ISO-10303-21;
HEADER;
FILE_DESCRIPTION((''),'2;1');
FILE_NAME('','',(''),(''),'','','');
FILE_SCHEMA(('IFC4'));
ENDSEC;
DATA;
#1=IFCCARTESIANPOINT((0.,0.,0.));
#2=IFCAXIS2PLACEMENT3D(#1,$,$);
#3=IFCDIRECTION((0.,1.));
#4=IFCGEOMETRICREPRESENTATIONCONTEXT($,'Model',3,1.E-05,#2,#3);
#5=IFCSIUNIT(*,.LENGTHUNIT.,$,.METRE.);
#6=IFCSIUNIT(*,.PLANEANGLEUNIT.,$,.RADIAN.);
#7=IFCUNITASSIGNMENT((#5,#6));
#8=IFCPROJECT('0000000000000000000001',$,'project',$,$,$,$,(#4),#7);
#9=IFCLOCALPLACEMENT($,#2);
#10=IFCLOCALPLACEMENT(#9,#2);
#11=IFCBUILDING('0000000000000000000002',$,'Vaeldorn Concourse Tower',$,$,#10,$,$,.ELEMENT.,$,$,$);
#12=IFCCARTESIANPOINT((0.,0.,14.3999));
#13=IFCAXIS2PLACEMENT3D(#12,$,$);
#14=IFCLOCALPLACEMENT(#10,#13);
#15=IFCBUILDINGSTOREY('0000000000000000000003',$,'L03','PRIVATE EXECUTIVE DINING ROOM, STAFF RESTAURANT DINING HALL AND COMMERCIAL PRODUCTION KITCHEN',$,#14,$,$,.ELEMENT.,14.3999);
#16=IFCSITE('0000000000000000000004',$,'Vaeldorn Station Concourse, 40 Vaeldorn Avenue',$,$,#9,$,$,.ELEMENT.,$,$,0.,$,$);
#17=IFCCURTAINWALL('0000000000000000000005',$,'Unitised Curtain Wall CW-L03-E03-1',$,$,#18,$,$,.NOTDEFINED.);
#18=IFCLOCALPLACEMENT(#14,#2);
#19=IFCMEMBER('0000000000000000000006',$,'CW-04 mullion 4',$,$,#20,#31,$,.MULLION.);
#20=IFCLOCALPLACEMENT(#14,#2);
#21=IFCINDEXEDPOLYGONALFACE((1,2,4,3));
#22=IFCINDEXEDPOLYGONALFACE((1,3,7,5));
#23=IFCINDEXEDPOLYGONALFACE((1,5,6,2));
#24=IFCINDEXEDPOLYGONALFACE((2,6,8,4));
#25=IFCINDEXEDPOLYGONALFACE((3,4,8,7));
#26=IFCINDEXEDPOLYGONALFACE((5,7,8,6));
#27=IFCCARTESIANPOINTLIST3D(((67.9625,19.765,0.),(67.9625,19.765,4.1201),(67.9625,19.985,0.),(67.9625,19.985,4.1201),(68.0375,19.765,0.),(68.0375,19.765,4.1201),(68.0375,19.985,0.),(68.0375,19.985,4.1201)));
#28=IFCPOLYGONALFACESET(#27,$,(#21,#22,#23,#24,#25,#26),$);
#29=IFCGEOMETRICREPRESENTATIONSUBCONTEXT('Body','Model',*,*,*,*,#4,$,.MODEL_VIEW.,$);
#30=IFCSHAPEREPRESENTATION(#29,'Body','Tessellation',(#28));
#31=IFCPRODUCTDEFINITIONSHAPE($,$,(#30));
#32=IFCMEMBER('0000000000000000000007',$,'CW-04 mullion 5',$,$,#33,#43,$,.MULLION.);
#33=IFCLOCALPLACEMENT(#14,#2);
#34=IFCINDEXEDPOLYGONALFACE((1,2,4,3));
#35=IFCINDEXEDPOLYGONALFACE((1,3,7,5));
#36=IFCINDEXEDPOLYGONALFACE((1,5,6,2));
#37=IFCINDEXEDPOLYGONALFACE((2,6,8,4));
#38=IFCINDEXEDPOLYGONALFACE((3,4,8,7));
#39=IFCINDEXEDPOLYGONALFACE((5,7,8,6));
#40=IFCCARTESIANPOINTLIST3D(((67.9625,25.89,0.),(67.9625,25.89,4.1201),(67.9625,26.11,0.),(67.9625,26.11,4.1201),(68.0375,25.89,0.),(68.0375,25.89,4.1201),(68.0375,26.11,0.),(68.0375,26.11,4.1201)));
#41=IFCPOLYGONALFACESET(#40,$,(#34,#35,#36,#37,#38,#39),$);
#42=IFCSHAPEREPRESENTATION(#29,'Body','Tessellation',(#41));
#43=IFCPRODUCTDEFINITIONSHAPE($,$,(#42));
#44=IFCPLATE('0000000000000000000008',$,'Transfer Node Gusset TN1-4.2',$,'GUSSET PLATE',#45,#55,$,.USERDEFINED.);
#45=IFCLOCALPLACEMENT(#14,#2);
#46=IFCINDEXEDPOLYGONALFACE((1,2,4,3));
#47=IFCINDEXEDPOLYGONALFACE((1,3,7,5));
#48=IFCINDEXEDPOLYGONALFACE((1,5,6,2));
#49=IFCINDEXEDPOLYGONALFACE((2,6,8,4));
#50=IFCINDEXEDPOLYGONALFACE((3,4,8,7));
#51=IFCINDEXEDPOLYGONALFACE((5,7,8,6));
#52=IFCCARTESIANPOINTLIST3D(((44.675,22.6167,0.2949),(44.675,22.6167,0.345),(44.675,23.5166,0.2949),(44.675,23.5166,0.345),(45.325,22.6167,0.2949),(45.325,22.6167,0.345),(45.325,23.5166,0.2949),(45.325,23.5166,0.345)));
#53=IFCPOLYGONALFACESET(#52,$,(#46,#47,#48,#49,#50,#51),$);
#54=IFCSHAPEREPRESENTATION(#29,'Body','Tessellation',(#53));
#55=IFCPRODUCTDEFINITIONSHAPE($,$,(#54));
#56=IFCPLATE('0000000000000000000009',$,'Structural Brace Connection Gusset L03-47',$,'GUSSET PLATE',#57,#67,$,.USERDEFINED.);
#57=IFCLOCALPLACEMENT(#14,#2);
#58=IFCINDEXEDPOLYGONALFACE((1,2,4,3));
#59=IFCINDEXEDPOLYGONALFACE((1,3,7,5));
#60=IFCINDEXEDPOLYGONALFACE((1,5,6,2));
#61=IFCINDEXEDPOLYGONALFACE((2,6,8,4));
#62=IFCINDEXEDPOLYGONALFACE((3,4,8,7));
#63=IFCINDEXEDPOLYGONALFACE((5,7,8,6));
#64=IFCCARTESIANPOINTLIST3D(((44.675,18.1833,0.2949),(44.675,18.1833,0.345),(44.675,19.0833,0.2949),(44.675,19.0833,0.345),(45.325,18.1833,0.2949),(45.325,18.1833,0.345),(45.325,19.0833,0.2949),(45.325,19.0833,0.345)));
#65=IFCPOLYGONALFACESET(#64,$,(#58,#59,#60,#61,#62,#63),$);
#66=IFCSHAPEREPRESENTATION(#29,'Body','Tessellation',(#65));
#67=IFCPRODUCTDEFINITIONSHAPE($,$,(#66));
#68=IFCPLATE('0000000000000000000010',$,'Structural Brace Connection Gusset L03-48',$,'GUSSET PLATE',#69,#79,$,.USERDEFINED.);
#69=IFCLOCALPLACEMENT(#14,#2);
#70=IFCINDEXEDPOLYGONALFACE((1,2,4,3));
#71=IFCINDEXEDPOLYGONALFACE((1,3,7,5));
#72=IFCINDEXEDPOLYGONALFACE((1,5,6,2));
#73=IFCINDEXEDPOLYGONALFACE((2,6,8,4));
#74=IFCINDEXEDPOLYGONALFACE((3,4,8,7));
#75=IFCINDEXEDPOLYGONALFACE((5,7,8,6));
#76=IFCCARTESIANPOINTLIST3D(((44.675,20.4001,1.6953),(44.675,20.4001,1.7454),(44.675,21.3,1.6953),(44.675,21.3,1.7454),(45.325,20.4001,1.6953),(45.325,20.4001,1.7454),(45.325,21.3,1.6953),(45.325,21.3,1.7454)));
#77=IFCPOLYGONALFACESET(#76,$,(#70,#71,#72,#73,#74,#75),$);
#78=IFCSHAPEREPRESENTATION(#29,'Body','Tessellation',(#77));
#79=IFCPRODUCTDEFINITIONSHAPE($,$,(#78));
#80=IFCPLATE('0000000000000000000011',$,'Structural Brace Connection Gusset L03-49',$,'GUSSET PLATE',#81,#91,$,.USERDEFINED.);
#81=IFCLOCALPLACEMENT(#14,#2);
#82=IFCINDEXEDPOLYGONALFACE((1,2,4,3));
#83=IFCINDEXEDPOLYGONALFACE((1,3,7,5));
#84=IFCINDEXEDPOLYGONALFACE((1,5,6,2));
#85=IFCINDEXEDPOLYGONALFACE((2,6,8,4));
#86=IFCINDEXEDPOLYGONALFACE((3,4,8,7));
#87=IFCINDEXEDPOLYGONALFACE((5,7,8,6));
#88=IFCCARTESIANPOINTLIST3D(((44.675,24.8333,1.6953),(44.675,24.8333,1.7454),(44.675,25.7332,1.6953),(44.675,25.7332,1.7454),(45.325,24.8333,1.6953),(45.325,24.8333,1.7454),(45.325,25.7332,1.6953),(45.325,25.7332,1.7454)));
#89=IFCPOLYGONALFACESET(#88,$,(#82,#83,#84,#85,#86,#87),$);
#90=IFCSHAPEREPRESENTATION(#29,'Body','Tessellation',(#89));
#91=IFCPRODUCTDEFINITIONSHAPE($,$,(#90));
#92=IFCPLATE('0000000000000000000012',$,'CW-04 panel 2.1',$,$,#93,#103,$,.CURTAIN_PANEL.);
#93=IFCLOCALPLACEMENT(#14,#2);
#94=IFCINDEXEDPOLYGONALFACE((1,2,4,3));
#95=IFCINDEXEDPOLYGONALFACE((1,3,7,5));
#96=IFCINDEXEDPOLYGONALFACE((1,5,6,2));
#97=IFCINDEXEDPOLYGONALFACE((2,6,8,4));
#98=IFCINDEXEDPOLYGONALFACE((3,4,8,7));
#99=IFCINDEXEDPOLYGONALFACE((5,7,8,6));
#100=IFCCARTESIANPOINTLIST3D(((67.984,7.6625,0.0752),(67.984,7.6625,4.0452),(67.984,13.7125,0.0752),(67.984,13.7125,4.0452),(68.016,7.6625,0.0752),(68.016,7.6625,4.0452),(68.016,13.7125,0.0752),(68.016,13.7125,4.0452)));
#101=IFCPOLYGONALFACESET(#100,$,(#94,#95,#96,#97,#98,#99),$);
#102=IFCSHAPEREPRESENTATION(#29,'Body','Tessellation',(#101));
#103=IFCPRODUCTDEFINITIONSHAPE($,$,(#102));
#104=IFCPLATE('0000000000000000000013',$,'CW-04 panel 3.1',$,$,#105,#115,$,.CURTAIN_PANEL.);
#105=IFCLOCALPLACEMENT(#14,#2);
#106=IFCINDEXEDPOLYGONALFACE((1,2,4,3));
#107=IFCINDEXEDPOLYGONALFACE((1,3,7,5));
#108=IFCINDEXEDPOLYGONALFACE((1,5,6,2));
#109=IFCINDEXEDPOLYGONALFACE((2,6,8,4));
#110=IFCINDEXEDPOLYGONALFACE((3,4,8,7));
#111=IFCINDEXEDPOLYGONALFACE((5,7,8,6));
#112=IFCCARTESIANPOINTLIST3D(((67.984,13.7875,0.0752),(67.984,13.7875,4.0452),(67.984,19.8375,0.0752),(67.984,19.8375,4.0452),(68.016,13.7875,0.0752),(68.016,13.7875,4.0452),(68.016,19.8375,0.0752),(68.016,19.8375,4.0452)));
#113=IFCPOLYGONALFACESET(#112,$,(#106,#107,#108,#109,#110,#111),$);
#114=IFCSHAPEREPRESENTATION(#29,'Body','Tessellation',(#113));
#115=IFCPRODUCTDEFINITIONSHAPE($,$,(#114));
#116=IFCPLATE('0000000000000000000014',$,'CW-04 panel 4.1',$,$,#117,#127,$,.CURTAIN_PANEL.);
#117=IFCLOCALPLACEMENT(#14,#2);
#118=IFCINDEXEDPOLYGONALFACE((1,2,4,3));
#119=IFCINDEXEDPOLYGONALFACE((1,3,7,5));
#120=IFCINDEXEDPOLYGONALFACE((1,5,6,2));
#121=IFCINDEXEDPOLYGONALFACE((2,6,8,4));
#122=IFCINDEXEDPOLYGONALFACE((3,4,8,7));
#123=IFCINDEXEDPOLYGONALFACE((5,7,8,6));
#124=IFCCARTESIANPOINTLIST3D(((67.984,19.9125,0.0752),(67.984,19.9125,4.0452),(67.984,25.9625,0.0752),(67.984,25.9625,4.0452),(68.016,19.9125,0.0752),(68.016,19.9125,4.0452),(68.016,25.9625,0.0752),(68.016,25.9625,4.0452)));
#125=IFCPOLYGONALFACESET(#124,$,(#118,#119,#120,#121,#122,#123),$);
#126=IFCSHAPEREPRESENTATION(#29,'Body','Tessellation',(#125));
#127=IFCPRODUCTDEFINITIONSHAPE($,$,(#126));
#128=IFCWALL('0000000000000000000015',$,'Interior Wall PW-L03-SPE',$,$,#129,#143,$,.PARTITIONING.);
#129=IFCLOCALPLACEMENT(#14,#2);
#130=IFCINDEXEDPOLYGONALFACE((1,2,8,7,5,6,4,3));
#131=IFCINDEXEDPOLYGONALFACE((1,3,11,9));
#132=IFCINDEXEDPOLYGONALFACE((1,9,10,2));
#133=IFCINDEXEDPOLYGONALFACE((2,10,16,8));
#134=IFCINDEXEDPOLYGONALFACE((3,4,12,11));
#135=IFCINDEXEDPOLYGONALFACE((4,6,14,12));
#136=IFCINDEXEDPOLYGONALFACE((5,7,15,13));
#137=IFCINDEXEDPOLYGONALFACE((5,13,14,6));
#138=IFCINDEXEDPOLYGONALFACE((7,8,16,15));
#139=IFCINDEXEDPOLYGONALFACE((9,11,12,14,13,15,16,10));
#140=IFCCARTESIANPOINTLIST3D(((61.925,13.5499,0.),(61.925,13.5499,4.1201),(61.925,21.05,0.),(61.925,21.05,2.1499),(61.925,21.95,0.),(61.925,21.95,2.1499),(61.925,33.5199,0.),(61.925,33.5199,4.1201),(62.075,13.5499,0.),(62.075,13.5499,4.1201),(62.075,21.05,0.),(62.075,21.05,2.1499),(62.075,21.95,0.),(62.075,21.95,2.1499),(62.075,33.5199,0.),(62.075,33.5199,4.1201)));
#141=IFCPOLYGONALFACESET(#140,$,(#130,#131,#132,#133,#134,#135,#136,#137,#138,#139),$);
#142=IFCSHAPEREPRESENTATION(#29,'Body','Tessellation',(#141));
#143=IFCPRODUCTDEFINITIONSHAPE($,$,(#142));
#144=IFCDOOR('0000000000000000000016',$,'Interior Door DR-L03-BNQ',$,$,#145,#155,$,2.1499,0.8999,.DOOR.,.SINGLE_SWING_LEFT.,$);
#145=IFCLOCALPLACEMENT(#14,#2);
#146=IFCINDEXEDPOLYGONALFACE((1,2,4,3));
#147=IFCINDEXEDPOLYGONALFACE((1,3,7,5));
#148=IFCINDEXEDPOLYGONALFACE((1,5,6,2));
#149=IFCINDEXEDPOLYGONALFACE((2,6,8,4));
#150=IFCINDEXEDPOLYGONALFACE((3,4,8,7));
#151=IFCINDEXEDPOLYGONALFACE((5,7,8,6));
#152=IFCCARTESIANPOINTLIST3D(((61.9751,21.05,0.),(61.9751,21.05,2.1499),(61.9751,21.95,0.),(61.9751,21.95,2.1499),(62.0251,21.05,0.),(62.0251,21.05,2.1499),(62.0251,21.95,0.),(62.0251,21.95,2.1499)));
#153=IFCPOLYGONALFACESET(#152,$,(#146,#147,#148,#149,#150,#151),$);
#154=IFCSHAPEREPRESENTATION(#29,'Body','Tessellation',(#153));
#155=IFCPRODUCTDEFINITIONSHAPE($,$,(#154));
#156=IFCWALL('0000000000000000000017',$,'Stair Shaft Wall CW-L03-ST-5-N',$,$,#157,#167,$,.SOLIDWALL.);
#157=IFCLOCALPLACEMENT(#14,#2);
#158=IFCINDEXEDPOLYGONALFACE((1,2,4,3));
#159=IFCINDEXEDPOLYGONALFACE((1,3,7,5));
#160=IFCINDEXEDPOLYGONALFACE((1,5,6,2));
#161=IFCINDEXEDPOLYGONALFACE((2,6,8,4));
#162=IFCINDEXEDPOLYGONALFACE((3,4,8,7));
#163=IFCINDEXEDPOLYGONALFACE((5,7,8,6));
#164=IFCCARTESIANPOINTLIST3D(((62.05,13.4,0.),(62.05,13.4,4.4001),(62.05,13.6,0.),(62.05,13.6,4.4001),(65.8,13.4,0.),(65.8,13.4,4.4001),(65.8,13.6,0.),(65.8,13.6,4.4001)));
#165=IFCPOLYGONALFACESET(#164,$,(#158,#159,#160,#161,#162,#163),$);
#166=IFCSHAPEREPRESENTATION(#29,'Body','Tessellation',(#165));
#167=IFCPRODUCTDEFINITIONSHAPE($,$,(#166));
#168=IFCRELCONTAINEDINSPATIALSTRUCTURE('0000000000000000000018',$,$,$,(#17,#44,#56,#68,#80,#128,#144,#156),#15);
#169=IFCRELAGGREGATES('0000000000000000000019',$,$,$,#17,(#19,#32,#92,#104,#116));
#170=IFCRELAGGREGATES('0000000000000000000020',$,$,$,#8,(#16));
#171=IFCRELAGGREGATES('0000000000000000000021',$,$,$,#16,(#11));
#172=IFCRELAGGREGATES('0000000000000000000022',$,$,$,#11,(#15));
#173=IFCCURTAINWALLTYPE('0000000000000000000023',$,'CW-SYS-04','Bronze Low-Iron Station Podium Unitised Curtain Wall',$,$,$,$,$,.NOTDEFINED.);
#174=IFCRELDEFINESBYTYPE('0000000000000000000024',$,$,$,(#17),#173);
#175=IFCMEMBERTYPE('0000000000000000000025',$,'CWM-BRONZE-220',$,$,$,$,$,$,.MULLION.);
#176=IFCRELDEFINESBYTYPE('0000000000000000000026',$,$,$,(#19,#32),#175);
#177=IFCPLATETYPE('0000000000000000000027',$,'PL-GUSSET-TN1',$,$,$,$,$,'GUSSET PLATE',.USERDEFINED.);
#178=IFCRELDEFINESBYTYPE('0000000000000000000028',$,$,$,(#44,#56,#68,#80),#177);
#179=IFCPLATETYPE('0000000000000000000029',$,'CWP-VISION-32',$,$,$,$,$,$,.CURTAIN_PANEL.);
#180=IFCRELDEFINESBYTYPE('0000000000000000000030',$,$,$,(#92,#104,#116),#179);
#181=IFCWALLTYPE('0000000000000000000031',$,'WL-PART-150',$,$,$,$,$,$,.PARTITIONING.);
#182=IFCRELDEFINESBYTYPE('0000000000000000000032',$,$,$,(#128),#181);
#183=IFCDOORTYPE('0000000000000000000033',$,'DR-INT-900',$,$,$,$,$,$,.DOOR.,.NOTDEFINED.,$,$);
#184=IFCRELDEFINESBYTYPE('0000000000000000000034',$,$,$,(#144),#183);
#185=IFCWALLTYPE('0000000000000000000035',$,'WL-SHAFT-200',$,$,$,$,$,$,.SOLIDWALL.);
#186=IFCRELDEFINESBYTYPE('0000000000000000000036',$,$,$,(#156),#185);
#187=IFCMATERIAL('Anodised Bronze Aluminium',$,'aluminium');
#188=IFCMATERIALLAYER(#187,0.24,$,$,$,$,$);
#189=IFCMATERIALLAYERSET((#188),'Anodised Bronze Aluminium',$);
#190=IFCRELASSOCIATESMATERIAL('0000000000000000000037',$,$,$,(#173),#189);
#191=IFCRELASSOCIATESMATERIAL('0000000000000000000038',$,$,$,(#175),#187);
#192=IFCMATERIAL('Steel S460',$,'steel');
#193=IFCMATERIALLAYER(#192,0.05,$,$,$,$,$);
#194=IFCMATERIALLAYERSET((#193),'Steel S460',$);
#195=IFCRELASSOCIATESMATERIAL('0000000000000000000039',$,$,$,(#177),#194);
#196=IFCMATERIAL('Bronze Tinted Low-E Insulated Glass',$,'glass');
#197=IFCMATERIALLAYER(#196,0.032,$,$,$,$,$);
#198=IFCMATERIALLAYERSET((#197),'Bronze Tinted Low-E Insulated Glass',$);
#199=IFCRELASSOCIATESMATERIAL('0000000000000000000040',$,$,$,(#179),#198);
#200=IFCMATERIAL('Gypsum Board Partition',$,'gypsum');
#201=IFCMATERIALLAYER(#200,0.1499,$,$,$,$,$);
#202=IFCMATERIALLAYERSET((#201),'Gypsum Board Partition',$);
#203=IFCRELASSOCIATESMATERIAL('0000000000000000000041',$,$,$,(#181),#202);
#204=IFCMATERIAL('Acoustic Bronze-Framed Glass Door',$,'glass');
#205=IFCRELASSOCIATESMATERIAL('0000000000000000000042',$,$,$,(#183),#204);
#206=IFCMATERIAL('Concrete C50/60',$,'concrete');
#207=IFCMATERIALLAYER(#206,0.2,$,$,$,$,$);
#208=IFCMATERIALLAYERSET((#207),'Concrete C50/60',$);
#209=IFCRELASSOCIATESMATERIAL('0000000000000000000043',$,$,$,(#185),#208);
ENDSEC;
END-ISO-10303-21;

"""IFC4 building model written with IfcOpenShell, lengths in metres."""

from ifc_helpers import new_model, si_unit, direction, frame, frame_2d, origin, origin_2d, place, context, subcontext, project, spatial, rectangle, extrude, source, transform, mapped, material, layer, layer_set, material_profile, profile_set, type_object, element, fill, aggregate, save


model = new_model("IFC4")

# Units and contexts
model_context = context("Model", 3, precision=1e-05, world=origin(), true_north=direction((0.0, 1.0)))
body_context = subcontext(model_context, "Body", "Model", "MODEL_VIEW")
ifc_project = project(units=[si_unit("LENGTHUNIT", "METRE"), si_unit("PLANEANGLEUNIT", "RADIAN")], contexts=[model_context])

# Site, building, storey
site_placement = place(None, origin())
site = spatial("IfcSite", under=ifc_project, at=site_placement, Name="Vaeldorn Station Concourse, 40 Vaeldorn Avenue", CompositionType="ELEMENT", RefElevation=0.0)
building_placement = place(site_placement, origin())
building = spatial("IfcBuilding", under=site, at=building_placement, Name="Vaeldorn Concourse Tower", CompositionType="ELEMENT")
storey_placement = place(building_placement, frame((0.0, 0.0, 14.3999)))
storey = spatial("IfcBuildingStorey", under=building, at=storey_placement, Name="L03", Description="PRIVATE EXECUTIVE DINING ROOM, STAFF RESTAURANT DINING HALL AND COMMERCIAL PRODUCTION KITCHEN", CompositionType="ELEMENT", Elevation=14.3999)

# Shared definitions
ifc_material_1 = material(Name="Steel S460", Category="steel")

# Curtain wall, members
ifc_material_2 = material(Name="Anodised Bronze Aluminium", Category="aluminium")
ifc_layer_1 = layer(ifc_material_2, 0.24)
ifc_layer_set_1 = layer_set([ifc_layer_1], Name="Anodised Bronze Aluminium")
curtain_wall_type = type_object("IfcCurtainWallType", Name="CW-SYS-04", Description="Bronze Low-Iron Station Podium Unitised Curtain Wall", PredefinedType="NOTDEFINED", material=ifc_layer_set_1)
curtain_wall_placement = place(storey_placement, origin())
curtain_wall = element("IfcCurtainWall", 1, at=curtain_wall_placement, inside=storey, type_object=curtain_wall_type, Name="Unitised Curtain Wall CW-L03-E03-1", PredefinedType="NOTDEFINED")
ifc_material_profile_1 = material_profile(ifc_material_2, rectangle(XDim=0.075, YDim=0.22, at=origin_2d()), Name="CWM 75x220")
ifc_profile_set_1 = profile_set([ifc_material_profile_1], Name="Anodised Bronze Aluminium")
member_type_1 = type_object("IfcMemberType", Name="CWM-BRONZE-220", PredefinedType="MULLION", material=ifc_profile_set_1)
shared_shape_1 = source(origin(), body_context, "Body", "SweptSolid", [
    extrude(rectangle(XDim=0.075, YDim=0.22, at=origin_2d()), origin(), (0.0, 0.0, 1.0), 4.1201),
])
member_1_placement = place(storey_placement, frame((68.0, 19.875, 0.0), z_axis=(0.0, 0.0, 1.0), x_axis=(-1.0, 0.0, 0.0)))
member_1 = element("IfcMember", 2, at=member_1_placement, type_object=member_type_1, Name="CW-04 mullion 4", PredefinedType="MULLION", context=body_context, shape_type="MappedRepresentation", body=[
    mapped(shared_shape_1, transform((0.0, 0.0, 0.0), scale=1.0)),
])
member_2_placement = place(storey_placement, frame((68.0, 26.0, 0.0), z_axis=(0.0, 0.0, 1.0), x_axis=(-1.0, 0.0, 0.0)))
member_2 = element("IfcMember", 3, at=member_2_placement, type_object=member_type_1, Name="CW-04 mullion 5", PredefinedType="MULLION", context=body_context, shape_type="MappedRepresentation", body=[
    mapped(shared_shape_1, transform((0.0, 0.0, 0.0), scale=1.0)),
])

# Plates
ifc_layer_2 = layer(ifc_material_1, 0.05)
ifc_layer_set_2 = layer_set([ifc_layer_2], Name="Steel S460")
plate_type_1 = type_object("IfcPlateType", Name="PL-GUSSET-TN1", ElementType="GUSSET PLATE", PredefinedType="USERDEFINED", material=ifc_layer_set_2)
shared_shape_2 = source(origin(), body_context, "Body", "SweptSolid", [
    extrude(rectangle(XDim=0.8999, YDim=0.6499, at=origin_2d()), origin(), (0.0, 0.0, 1.0), 0.05),
])
for number, where, z_axis, x_axis, name in (
    (4, (45.0, 23.0667, 0.2949), (0.0, 0.0, 1.0), (0.0, 1.0, 0.0), "Transfer Node Gusset TN1-4.2"),
    (5, (45.0, 18.6333, 0.2949), (0.0, 0.0, 1.0), (0.0, 1.0, 0.0), "Structural Brace Connection Gusset L03-47"),
    (6, (45.0, 20.8501, 1.6953), (0.0, 0.0, 1.0), (0.0, 1.0, 0.0), "Structural Brace Connection Gusset L03-48"),
    (7, (45.0, 25.2832, 1.6953), (0.0, 0.0, 1.0), (0.0, 1.0, 0.0), "Structural Brace Connection Gusset L03-49"),
):
    element("IfcPlate", number, at=place(storey_placement, frame(where, z_axis=z_axis, x_axis=x_axis)), inside=storey, type_object=plate_type_1, Name=name, ObjectType="GUSSET PLATE", PredefinedType="USERDEFINED", context=body_context, shape_type="MappedRepresentation", body=[
        mapped(shared_shape_2, transform((0.0, 0.0, 0.0), scale=1.0)),
    ])

# Plates
ifc_material_3 = material(Name="Bronze Tinted Low-E Insulated Glass", Category="glass")
ifc_layer_3 = layer(ifc_material_3, 0.032)
ifc_layer_set_3 = layer_set([ifc_layer_3], Name="Bronze Tinted Low-E Insulated Glass")
plate_type_2 = type_object("IfcPlateType", Name="CWP-VISION-32", PredefinedType="CURTAIN_PANEL", material=ifc_layer_set_3)
shared_shape_3 = source(origin(), body_context, "Body", "SweptSolid", [
    extrude(rectangle(XDim=6.05, YDim=0.032, at=origin_2d()), origin(), (0.0, 0.0, 1.0), 3.97),
])
plate_1_placement = place(storey_placement, frame((68.0, 10.6875, 0.0752), z_axis=(0.0, 0.0, 1.0), x_axis=(0.0, 1.0, 0.0)))
plate_1 = element("IfcPlate", 8, at=plate_1_placement, type_object=plate_type_2, Name="CW-04 panel 2.1", PredefinedType="CURTAIN_PANEL", context=body_context, shape_type="MappedRepresentation", body=[
    mapped(shared_shape_3, transform((0.0, 0.0, 0.0), scale=1.0)),
])
plate_2_placement = place(storey_placement, frame((68.0, 16.8125, 0.0752), z_axis=(0.0, 0.0, 1.0), x_axis=(0.0, 1.0, 0.0)))
plate_2 = element("IfcPlate", 9, at=plate_2_placement, type_object=plate_type_2, Name="CW-04 panel 3.1", PredefinedType="CURTAIN_PANEL", context=body_context, shape_type="MappedRepresentation", body=[
    mapped(shared_shape_3, transform((0.0, 0.0, 0.0), scale=1.0)),
])
plate_3_placement = place(storey_placement, frame((68.0, 22.9375, 0.0752), z_axis=(0.0, 0.0, 1.0), x_axis=(0.0, 1.0, 0.0)))
plate_3 = element("IfcPlate", 10, at=plate_3_placement, type_object=plate_type_2, Name="CW-04 panel 4.1", PredefinedType="CURTAIN_PANEL", context=body_context, shape_type="MappedRepresentation", body=[
    mapped(shared_shape_3, transform((0.0, 0.0, 0.0), scale=1.0)),
])
aggregate(curtain_wall, [member_1, member_2, plate_1, plate_2, plate_3])

# Wall, opening, door
ifc_material_4 = material(Name="Gypsum Board Partition", Category="gypsum")
ifc_layer_4 = layer(ifc_material_4, 0.1499)
ifc_layer_set_4 = layer_set([ifc_layer_4], Name="Gypsum Board Partition")
wall_type_1 = type_object("IfcWallType", Name="WL-PART-150", PredefinedType="PARTITIONING", material=ifc_layer_set_4)
wall_1_placement = place(storey_placement, frame((62.0, 13.55, 0.0), z_axis=(0.0, 0.0, 1.0), x_axis=(0.0, 1.0, 0.0)))
wall_1 = element("IfcWall", 11, at=wall_1_placement, inside=storey, type_object=wall_type_1, Name="Interior Wall PW-L03-SPE", PredefinedType="PARTITIONING", context=body_context, shape_type="SweptSolid", body=[
    extrude(rectangle(XDim=19.97, YDim=0.1499, at=frame_2d((9.9849, 0.0))), origin(), (0.0, 0.0, 1.0), 4.1201),
])
opening_placement = place(wall_1_placement, frame((7.5, 0.0, 0.0)))
opening = element("IfcOpeningElement", 12, at=opening_placement, cuts=wall_1, PredefinedType="OPENING", context=body_context, shape_type="SweptSolid", body=[
    extrude(rectangle(XDim=0.8999, YDim=2.1499, at=frame_2d((0.45, 1.075))), frame((0.0, 0.085, 0.0), z_axis=(0.0, -1.0, 0.0), x_axis=(1.0, 0.0, 0.0)), (0.0, 0.0, 1.0), 0.1699),
])
ifc_material_5 = material(Name="Acoustic Bronze-Framed Glass Door", Category="glass")
door_type = type_object("IfcDoorType", Name="DR-INT-900", OperationType="NOTDEFINED", PredefinedType="DOOR", material=ifc_material_5)
shared_shape_4 = source(origin(), body_context, "Body", "SweptSolid", [
    extrude(rectangle(XDim=0.8999, YDim=2.1499, at=frame_2d((0.45, 1.075))), frame((0.0, 0.0249, 0.0), z_axis=(0.0, -1.0, 0.0), x_axis=(1.0, 0.0, 0.0)), (0.0, 0.0, 1.0), 0.05),
])
door_placement = place(opening_placement, origin())
door = element("IfcDoor", 13, at=door_placement, inside=storey, type_object=door_type, Name="Interior Door DR-L03-BNQ", OperationType="SINGLE_SWING_LEFT", OverallHeight=2.1499, OverallWidth=0.8999, PredefinedType="DOOR", context=body_context, shape_type="MappedRepresentation", body=[
    mapped(shared_shape_4, transform((0.0, 0.0, 0.0), scale=1.0)),
])
fill(opening, door)

# Wall
ifc_material_6 = material(Name="Concrete C50/60", Category="concrete")
ifc_layer_5 = layer(ifc_material_6, 0.2)
ifc_layer_set_5 = layer_set([ifc_layer_5], Name="Concrete C50/60")
wall_type_2 = type_object("IfcWallType", Name="WL-SHAFT-200", PredefinedType="SOLIDWALL", material=ifc_layer_set_5)
wall_2_placement = place(storey_placement, frame((62.05, 13.5, 0.0), z_axis=(0.0, 0.0, 1.0), x_axis=(1.0, 0.0, 0.0)))
element("IfcWall", 14, at=wall_2_placement, inside=storey, type_object=wall_type_2, Name="Stair Shaft Wall CW-L03-ST-5-N", PredefinedType="SOLIDWALL", context=body_context, shape_type="SweptSolid", body=[
    extrude(rectangle(XDim=3.75, YDim=0.2, at=frame_2d((1.875, 0.0))), origin(), (0.0, 0.0, 1.0), 4.4001),
])

save(model, "model.ifc")
